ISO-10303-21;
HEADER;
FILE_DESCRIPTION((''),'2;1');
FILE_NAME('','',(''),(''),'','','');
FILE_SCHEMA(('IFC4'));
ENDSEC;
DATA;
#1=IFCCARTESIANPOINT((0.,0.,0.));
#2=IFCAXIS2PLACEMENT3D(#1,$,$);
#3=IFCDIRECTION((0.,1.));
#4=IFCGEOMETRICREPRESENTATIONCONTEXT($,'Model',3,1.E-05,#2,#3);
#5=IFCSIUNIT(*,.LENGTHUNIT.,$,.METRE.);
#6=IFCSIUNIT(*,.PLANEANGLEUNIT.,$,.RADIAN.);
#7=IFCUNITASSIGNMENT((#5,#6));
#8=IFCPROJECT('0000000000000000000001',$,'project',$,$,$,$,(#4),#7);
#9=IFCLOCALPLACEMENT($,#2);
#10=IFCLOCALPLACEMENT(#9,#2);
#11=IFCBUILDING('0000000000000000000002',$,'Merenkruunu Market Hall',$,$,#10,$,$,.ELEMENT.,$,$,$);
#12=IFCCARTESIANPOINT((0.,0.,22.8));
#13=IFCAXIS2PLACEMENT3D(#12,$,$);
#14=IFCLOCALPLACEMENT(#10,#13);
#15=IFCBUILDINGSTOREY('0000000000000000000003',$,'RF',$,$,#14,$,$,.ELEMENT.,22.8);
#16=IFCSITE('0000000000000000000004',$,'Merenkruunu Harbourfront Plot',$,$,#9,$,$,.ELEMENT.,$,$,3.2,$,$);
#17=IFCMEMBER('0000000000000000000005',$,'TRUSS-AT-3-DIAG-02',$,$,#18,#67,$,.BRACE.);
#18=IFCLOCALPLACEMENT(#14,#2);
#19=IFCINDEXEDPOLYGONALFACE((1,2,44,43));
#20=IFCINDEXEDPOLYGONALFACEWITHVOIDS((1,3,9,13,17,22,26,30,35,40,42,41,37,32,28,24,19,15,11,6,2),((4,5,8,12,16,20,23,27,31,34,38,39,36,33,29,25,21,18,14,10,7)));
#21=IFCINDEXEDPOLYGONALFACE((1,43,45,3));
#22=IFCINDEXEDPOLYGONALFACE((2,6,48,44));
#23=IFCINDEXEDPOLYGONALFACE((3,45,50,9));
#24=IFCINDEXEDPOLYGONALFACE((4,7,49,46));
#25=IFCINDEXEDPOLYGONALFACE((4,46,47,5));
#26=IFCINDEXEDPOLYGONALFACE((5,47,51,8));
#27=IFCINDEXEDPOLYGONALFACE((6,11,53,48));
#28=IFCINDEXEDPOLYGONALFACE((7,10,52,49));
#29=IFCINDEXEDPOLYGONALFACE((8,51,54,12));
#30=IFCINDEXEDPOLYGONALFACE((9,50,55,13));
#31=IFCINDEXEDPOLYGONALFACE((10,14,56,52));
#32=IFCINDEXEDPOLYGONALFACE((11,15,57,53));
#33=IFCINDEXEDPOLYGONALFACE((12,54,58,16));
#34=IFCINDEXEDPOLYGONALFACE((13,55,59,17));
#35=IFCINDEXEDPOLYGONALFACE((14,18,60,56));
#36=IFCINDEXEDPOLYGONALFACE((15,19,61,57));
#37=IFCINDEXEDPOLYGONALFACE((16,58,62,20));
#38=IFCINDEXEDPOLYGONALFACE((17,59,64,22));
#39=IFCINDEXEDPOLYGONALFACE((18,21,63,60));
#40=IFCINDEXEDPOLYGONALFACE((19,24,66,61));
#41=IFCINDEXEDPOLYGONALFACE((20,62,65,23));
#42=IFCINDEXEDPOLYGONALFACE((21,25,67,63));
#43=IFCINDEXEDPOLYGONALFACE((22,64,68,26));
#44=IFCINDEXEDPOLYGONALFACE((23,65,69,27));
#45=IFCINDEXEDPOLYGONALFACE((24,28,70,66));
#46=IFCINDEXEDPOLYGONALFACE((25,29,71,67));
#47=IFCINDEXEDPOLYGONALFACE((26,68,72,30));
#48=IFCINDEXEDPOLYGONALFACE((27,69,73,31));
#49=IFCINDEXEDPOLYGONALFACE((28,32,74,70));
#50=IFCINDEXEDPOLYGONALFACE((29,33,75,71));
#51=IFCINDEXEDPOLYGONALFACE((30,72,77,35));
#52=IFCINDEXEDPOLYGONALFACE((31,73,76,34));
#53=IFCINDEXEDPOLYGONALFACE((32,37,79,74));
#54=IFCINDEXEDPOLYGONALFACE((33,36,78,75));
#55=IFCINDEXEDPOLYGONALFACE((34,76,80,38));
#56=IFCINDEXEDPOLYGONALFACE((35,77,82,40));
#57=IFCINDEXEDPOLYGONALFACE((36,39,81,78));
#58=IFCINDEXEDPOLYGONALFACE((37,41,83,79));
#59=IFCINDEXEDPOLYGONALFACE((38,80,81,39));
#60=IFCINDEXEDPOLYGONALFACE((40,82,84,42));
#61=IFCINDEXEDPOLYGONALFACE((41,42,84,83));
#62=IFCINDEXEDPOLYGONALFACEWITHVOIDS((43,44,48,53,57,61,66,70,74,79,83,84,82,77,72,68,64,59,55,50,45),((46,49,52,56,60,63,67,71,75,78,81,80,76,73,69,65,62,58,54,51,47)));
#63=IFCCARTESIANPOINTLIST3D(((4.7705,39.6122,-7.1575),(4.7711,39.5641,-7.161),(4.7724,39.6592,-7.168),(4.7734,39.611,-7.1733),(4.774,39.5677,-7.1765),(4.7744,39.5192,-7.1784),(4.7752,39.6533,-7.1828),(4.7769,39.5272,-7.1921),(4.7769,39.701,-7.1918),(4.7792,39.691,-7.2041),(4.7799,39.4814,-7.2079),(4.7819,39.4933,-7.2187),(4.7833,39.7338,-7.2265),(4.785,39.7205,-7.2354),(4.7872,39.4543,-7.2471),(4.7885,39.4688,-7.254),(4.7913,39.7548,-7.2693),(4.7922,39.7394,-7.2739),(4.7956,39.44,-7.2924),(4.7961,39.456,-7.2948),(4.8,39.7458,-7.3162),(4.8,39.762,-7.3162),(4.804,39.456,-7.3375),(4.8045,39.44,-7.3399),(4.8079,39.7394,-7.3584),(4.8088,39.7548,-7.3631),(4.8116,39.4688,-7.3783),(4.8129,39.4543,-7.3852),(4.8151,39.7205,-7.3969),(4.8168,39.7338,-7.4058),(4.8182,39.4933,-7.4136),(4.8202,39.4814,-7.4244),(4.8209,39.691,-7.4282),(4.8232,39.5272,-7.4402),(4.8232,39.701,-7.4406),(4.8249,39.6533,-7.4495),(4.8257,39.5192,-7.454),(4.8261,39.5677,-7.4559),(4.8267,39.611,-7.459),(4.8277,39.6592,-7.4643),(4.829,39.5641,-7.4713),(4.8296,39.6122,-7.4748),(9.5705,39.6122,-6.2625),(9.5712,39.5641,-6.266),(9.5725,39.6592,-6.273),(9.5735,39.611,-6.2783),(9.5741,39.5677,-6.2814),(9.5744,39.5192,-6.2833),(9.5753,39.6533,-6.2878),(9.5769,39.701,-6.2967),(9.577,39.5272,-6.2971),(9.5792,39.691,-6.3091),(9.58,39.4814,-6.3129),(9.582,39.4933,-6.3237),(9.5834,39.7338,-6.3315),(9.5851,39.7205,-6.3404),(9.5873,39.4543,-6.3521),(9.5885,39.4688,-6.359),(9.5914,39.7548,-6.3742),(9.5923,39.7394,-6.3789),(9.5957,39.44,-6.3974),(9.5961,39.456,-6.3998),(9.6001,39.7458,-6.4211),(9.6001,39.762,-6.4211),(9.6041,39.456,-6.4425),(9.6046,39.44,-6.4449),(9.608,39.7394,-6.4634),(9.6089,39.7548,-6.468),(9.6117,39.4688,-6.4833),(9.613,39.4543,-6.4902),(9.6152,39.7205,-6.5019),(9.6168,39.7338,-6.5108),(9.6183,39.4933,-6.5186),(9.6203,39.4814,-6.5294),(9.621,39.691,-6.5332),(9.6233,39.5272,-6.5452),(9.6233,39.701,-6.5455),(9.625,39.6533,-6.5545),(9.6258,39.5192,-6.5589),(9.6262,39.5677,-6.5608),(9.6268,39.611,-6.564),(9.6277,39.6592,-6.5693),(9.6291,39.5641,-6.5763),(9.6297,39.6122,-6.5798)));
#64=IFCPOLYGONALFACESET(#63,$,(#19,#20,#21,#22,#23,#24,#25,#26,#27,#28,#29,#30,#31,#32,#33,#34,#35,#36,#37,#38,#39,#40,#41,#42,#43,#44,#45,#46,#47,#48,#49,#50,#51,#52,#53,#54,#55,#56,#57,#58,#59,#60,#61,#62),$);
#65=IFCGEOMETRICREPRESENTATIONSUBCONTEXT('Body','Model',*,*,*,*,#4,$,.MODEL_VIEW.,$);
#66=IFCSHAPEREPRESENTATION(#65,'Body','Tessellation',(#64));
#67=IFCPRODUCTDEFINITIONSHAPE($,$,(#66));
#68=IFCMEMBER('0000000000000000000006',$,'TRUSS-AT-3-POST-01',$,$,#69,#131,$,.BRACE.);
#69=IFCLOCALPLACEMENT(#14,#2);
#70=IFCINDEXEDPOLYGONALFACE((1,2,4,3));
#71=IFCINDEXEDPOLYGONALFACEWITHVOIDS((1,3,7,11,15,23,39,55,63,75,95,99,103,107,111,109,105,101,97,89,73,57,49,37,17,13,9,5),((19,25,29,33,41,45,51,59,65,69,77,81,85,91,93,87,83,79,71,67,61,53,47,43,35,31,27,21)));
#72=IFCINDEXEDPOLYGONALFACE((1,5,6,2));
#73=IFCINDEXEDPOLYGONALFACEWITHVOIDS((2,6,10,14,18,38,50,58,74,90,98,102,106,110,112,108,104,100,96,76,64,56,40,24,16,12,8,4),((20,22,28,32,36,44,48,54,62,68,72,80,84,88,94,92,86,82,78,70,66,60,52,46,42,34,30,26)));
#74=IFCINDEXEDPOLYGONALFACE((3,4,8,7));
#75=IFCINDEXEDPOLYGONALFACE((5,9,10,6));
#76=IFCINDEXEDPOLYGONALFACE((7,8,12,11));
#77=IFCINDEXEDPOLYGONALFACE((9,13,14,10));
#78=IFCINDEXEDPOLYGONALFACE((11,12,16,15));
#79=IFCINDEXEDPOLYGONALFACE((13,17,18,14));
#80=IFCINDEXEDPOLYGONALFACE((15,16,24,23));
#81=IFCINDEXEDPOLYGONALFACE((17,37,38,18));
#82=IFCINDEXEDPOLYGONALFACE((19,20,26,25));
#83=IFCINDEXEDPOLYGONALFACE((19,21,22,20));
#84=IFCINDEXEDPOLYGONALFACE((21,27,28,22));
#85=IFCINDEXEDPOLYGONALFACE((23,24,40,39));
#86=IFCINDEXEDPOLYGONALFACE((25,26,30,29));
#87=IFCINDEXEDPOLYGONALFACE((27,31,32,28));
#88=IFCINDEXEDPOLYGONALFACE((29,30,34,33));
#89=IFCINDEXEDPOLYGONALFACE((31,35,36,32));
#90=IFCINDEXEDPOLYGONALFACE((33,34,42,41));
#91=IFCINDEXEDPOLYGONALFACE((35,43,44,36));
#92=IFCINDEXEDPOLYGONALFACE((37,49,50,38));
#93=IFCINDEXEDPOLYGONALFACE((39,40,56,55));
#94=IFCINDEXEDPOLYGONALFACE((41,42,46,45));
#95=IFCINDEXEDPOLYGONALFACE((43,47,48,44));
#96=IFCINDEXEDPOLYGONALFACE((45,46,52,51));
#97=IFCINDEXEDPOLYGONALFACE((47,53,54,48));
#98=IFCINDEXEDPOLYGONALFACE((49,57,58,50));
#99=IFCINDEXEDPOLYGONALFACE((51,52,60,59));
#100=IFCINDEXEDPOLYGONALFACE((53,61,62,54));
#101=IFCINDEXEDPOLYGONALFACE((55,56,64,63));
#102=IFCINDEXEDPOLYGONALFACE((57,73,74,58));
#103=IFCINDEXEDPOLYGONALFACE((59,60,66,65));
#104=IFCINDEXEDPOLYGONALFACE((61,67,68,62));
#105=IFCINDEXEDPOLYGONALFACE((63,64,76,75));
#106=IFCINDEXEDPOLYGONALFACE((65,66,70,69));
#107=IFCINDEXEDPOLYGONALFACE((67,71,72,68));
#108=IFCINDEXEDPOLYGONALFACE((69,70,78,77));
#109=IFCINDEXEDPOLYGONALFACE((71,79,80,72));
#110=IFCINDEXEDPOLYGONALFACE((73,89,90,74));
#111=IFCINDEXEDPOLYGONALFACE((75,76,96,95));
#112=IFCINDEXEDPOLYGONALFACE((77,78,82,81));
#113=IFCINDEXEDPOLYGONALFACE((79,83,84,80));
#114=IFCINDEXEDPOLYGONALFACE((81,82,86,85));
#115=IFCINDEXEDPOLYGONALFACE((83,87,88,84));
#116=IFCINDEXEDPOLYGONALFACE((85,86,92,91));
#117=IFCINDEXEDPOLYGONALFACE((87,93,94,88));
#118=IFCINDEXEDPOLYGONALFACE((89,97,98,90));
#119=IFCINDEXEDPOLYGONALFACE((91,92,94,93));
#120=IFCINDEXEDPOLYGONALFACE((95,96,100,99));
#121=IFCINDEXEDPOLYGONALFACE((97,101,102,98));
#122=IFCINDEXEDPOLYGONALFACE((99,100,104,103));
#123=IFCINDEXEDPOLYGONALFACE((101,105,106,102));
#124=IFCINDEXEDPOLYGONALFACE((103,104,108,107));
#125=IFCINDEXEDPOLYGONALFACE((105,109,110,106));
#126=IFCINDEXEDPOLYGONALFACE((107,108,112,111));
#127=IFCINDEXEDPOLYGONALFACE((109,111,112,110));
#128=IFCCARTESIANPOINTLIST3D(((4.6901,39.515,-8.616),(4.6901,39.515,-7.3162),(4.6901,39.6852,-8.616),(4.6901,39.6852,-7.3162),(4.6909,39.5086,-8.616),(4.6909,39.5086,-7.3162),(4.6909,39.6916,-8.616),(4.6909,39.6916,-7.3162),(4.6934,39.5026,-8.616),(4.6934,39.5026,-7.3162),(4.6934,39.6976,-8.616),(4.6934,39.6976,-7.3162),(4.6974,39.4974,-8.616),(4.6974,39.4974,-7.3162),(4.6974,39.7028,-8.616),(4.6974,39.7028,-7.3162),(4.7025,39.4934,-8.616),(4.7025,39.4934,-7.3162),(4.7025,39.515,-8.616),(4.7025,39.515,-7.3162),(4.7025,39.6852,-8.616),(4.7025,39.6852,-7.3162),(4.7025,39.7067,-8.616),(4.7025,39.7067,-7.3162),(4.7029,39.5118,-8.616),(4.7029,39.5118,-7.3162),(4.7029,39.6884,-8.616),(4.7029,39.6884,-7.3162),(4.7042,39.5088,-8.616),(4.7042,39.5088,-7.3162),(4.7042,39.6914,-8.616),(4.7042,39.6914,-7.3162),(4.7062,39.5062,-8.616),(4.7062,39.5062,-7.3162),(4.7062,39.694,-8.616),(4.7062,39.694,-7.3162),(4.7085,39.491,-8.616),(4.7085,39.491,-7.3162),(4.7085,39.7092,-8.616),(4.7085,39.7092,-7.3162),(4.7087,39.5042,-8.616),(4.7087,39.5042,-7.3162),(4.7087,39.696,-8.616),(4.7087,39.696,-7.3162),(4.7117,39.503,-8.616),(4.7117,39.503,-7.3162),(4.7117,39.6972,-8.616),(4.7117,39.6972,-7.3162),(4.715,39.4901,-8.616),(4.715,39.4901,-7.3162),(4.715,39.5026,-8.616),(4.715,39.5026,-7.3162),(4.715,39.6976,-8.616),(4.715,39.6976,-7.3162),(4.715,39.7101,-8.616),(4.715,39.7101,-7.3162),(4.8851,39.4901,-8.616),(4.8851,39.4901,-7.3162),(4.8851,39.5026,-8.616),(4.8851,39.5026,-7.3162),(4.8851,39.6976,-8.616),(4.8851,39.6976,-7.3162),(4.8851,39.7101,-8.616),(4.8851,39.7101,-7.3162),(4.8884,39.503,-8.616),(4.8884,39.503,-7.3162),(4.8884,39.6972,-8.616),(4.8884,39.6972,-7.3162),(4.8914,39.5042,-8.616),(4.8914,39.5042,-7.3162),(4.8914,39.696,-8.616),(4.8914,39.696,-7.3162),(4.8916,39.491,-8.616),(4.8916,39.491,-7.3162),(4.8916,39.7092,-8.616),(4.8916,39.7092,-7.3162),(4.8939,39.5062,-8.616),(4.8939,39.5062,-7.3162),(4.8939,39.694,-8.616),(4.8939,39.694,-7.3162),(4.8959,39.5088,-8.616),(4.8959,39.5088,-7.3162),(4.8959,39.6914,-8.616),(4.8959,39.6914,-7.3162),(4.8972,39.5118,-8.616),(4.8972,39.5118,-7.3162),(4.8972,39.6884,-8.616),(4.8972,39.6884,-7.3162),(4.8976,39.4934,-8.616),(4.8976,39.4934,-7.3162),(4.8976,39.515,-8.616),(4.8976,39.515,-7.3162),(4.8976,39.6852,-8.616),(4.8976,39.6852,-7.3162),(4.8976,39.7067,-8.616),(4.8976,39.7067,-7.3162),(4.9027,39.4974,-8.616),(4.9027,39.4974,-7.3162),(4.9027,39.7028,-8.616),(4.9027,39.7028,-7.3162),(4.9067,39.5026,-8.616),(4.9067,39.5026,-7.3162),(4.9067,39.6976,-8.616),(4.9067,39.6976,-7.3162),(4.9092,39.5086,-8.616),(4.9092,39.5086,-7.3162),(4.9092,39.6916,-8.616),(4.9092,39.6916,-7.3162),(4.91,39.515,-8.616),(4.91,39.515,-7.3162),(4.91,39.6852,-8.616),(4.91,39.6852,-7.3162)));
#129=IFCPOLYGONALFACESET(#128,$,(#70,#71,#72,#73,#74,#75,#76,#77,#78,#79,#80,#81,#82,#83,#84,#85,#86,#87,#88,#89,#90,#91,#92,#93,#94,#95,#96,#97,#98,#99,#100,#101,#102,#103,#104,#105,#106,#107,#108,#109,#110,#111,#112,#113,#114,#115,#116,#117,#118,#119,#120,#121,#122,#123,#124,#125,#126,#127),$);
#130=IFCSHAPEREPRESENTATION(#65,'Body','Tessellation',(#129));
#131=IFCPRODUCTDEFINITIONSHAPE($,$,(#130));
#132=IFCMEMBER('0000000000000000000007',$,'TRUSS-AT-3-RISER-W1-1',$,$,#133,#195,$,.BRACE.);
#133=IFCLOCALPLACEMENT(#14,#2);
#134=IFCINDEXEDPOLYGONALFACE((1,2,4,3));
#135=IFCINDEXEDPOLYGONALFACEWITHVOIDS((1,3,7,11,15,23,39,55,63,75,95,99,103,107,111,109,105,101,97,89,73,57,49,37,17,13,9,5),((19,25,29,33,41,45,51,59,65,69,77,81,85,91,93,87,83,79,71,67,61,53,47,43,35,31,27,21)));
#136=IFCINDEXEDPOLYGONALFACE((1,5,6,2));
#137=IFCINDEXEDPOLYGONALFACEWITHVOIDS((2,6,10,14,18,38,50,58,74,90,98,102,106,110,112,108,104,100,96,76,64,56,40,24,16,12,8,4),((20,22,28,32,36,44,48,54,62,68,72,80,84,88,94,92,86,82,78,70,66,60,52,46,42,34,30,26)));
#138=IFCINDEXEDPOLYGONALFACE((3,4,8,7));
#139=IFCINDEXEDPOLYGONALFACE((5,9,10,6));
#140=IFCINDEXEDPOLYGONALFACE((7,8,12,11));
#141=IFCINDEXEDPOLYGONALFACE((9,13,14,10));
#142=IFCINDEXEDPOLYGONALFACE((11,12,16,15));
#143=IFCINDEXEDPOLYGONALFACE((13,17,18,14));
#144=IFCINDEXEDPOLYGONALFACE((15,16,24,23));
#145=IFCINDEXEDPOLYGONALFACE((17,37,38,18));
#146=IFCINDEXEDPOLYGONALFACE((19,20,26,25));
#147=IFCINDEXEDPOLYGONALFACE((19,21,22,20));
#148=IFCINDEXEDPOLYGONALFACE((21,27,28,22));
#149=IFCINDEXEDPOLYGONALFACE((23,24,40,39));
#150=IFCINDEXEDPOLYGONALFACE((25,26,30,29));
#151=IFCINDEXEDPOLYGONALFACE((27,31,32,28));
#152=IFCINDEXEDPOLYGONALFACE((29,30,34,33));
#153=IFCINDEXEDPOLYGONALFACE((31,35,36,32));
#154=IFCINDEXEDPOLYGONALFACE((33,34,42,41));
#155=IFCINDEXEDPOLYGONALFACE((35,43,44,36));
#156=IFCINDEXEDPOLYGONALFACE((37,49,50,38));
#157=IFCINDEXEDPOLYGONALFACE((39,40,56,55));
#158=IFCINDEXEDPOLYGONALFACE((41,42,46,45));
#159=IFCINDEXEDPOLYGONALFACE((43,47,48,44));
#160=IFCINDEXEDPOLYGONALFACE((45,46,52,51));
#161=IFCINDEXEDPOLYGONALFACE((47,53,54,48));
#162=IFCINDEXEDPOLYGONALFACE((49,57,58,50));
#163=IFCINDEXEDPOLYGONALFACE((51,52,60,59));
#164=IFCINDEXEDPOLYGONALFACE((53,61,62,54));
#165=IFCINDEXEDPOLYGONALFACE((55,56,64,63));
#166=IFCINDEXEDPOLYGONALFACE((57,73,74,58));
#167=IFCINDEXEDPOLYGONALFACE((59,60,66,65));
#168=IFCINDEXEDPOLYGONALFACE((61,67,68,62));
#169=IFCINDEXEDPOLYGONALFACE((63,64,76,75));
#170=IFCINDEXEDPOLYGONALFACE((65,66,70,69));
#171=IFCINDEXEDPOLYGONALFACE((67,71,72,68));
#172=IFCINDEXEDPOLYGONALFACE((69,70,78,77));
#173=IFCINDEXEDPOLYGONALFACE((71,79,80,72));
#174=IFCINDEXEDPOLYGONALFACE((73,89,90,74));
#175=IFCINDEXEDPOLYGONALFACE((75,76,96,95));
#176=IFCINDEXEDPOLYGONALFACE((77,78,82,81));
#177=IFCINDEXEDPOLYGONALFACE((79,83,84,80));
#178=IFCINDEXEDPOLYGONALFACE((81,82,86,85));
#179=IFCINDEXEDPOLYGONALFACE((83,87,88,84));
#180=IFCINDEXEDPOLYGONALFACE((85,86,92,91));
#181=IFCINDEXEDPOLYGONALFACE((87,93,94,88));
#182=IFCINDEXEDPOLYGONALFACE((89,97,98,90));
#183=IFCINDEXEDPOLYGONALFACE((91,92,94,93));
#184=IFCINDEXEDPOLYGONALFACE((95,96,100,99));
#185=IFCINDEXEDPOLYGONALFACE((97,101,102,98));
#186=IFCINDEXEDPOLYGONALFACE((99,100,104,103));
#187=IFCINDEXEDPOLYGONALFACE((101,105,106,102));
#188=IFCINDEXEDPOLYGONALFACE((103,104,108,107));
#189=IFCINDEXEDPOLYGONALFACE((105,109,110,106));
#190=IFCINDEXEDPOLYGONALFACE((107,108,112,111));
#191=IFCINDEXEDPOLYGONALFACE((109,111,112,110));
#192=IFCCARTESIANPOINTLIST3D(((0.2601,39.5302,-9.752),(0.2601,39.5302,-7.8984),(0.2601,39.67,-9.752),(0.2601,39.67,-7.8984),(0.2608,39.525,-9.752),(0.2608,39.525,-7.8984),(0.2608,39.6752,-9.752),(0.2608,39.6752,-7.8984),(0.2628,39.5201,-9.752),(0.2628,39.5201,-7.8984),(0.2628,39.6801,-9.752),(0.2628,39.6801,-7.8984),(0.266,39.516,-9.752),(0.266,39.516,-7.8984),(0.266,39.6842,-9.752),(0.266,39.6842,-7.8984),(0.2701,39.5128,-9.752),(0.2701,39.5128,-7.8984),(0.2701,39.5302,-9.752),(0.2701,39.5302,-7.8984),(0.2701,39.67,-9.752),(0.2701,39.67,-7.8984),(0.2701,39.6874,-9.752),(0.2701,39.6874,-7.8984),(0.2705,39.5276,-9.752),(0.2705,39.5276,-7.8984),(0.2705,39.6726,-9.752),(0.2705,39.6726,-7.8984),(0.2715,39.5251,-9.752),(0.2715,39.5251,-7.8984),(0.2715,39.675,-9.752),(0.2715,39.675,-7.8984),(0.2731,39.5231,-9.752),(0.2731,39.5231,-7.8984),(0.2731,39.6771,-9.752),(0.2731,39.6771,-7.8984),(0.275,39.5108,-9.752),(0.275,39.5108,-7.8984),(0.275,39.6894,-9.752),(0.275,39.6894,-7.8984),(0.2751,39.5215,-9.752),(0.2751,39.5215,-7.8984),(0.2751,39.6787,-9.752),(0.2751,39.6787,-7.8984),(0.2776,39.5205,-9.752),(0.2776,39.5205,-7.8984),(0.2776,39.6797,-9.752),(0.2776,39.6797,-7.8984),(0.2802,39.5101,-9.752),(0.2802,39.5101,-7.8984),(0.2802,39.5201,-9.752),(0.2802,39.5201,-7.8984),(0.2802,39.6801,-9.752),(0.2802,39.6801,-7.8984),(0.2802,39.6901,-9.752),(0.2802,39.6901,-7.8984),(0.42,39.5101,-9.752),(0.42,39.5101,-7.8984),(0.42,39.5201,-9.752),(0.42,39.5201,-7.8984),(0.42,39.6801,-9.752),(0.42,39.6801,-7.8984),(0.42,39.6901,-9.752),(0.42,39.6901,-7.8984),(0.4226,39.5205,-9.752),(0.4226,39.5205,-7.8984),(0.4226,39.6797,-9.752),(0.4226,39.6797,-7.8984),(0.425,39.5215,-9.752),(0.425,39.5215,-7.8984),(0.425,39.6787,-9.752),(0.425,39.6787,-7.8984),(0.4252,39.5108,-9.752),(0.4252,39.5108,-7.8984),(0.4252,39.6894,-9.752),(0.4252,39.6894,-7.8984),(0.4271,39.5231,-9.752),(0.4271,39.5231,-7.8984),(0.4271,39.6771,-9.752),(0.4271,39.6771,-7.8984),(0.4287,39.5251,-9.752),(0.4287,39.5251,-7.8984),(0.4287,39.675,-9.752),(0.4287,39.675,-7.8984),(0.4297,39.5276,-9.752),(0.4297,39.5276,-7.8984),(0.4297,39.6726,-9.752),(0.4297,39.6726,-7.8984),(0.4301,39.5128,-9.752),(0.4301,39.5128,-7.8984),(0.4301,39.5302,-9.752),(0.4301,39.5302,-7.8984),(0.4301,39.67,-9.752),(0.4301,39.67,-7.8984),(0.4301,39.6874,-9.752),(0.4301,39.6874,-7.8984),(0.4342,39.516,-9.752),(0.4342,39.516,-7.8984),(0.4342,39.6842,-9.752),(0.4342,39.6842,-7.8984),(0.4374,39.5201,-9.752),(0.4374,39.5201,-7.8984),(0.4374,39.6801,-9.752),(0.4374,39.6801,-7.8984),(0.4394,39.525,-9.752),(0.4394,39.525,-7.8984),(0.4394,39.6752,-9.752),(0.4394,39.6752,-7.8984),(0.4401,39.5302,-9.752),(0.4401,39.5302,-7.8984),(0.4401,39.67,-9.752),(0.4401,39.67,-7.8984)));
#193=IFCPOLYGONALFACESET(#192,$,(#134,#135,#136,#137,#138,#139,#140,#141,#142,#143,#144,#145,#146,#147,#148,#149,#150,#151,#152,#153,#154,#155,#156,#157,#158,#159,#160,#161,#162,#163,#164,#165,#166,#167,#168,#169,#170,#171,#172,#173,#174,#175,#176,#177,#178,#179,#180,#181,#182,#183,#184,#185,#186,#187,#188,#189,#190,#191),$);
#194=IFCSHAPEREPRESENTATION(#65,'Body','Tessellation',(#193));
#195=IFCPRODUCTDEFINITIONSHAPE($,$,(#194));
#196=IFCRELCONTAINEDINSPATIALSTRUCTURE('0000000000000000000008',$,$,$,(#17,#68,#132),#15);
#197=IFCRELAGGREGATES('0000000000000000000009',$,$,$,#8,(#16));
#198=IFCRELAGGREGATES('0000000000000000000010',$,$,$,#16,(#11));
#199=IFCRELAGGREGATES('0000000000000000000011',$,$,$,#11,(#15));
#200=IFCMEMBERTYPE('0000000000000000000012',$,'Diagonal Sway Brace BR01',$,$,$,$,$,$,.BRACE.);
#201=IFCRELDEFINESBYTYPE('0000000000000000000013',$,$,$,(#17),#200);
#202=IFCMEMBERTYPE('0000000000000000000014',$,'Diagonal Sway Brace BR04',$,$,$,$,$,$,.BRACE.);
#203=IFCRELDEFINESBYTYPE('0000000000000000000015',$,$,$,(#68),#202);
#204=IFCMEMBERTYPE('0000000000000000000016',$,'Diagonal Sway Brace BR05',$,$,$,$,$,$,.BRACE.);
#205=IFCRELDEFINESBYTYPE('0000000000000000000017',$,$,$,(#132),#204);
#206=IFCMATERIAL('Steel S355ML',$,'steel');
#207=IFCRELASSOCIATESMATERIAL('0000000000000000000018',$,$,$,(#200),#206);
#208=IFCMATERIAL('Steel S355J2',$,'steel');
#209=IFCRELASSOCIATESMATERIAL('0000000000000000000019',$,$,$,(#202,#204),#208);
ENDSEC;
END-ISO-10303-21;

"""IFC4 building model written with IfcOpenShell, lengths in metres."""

from ifc_helpers import new_model, si_unit, direction, frame, origin, origin_2d, place, context, subcontext, project, spatial, hollow_rectangle, hollow_circle, extrude, material, material_profile, profile_set, type_object, element, save


model = new_model("IFC4")

# Units and contexts
model_context = context("Model", 3, precision=1e-05, world=origin(), true_north=direction((0.0, 1.0)))
body_context = subcontext(model_context, "Body", "Model", "MODEL_VIEW")
ifc_project = project(units=[si_unit("LENGTHUNIT", "METRE"), si_unit("PLANEANGLEUNIT", "RADIAN")], contexts=[model_context])

# Site, building, storey
site_placement = place(None, origin())
site = spatial("IfcSite", under=ifc_project, at=site_placement, Name="Merenkruunu Harbourfront Plot", CompositionType="ELEMENT", RefElevation=3.2)
building_placement = place(site_placement, origin())
building = spatial("IfcBuilding", under=site, at=building_placement, Name="Merenkruunu Market Hall", CompositionType="ELEMENT")
storey_placement = place(building_placement, frame((0.0, 0.0, 22.8)))
storey = spatial("IfcBuildingStorey", under=building, at=storey_placement, Name="RF", CompositionType="ELEMENT", Elevation=22.8)

# Shared definitions
ifc_material_1 = material(Name="Steel S355ML", Category="steel")

# Members
ifc_material_profile_1 = material_profile(ifc_material_1, hollow_circle(Radius=0.1619, WallThickness=0.0161, at=origin_2d()), Name="CHS 323.9x16")
ifc_profile_set_1 = profile_set([ifc_material_profile_1], Name="Steel S355ML")
member_type_1 = type_object("IfcMemberType", Name="Diagonal Sway Brace BR01", PredefinedType="BRACE", material=ifc_profile_set_1)
member_1_placement = place(storey_placement, frame((4.8, 39.6001, -7.3162), z_axis=(0.983057, 0.0, 0.183301), x_axis=(0.0, 1.0, 0.0)))
element("IfcMember", 1, at=member_1_placement, inside=storey, type_object=member_type_1, Name="TRUSS-AT-3-DIAG-02", PredefinedType="BRACE", context=body_context, shape_type="SweptSolid", body=[
    extrude(hollow_circle(Radius=0.1619, WallThickness=0.0161, at=origin_2d()), origin(), (0.0, 0.0, 1.0), 4.8828),
])
ifc_material_2 = material(Name="Steel S355J2", Category="steel")
ifc_material_profile_2 = material_profile(ifc_material_2, hollow_rectangle(XDim=0.22, YDim=0.22, WallThickness=0.0125, InnerFilletRadius=0.0125, OuterFilletRadius=0.0249, at=origin_2d()), Name="SHS 220x220x12.5")
ifc_profile_set_2 = profile_set([ifc_material_profile_2], Name="Steel S355J2")
member_type_2 = type_object("IfcMemberType", Name="Diagonal Sway Brace BR04", PredefinedType="BRACE", material=ifc_profile_set_2)
member_2_placement = place(storey_placement, frame((4.8, 39.6001, -8.616), z_axis=(0.0, 0.0, 1.0), x_axis=(1.0, 0.0, 0.0)))
element("IfcMember", 2, at=member_2_placement, inside=storey, type_object=member_type_2, Name="TRUSS-AT-3-POST-01", PredefinedType="BRACE", context=body_context, shape_type="SweptSolid", body=[
    extrude(hollow_rectangle(XDim=0.22, YDim=0.22, WallThickness=0.0125, InnerFilletRadius=0.0125, OuterFilletRadius=0.0249, at=origin_2d()), origin(), (0.0, 0.0, 1.0), 1.2998),
])
ifc_material_profile_3 = material_profile(ifc_material_2, hollow_rectangle(XDim=0.1799, YDim=0.1799, WallThickness=0.01, InnerFilletRadius=0.01, OuterFilletRadius=0.02, at=origin_2d()), Name="SHS 180x180x10")
ifc_profile_set_3 = profile_set([ifc_material_profile_3], Name="Steel S355J2")
member_type_3 = type_object("IfcMemberType", Name="Diagonal Sway Brace BR05", PredefinedType="BRACE", material=ifc_profile_set_3)
member_3_placement = place(storey_placement, frame((0.3501, 39.6001, -9.752), z_axis=(0.0, 0.0, 1.0), x_axis=(1.0, 0.0, 0.0)))
element("IfcMember", 3, at=member_3_placement, inside=storey, type_object=member_type_3, Name="TRUSS-AT-3-RISER-W1-1", PredefinedType="BRACE", context=body_context, shape_type="SweptSolid", body=[
    extrude(hollow_rectangle(XDim=0.1799, YDim=0.1799, WallThickness=0.01, InnerFilletRadius=0.01, OuterFilletRadius=0.02, at=origin_2d()), origin(), (0.0, 0.0, 1.0), 1.8535),
])

save(model, "model.ifc")
